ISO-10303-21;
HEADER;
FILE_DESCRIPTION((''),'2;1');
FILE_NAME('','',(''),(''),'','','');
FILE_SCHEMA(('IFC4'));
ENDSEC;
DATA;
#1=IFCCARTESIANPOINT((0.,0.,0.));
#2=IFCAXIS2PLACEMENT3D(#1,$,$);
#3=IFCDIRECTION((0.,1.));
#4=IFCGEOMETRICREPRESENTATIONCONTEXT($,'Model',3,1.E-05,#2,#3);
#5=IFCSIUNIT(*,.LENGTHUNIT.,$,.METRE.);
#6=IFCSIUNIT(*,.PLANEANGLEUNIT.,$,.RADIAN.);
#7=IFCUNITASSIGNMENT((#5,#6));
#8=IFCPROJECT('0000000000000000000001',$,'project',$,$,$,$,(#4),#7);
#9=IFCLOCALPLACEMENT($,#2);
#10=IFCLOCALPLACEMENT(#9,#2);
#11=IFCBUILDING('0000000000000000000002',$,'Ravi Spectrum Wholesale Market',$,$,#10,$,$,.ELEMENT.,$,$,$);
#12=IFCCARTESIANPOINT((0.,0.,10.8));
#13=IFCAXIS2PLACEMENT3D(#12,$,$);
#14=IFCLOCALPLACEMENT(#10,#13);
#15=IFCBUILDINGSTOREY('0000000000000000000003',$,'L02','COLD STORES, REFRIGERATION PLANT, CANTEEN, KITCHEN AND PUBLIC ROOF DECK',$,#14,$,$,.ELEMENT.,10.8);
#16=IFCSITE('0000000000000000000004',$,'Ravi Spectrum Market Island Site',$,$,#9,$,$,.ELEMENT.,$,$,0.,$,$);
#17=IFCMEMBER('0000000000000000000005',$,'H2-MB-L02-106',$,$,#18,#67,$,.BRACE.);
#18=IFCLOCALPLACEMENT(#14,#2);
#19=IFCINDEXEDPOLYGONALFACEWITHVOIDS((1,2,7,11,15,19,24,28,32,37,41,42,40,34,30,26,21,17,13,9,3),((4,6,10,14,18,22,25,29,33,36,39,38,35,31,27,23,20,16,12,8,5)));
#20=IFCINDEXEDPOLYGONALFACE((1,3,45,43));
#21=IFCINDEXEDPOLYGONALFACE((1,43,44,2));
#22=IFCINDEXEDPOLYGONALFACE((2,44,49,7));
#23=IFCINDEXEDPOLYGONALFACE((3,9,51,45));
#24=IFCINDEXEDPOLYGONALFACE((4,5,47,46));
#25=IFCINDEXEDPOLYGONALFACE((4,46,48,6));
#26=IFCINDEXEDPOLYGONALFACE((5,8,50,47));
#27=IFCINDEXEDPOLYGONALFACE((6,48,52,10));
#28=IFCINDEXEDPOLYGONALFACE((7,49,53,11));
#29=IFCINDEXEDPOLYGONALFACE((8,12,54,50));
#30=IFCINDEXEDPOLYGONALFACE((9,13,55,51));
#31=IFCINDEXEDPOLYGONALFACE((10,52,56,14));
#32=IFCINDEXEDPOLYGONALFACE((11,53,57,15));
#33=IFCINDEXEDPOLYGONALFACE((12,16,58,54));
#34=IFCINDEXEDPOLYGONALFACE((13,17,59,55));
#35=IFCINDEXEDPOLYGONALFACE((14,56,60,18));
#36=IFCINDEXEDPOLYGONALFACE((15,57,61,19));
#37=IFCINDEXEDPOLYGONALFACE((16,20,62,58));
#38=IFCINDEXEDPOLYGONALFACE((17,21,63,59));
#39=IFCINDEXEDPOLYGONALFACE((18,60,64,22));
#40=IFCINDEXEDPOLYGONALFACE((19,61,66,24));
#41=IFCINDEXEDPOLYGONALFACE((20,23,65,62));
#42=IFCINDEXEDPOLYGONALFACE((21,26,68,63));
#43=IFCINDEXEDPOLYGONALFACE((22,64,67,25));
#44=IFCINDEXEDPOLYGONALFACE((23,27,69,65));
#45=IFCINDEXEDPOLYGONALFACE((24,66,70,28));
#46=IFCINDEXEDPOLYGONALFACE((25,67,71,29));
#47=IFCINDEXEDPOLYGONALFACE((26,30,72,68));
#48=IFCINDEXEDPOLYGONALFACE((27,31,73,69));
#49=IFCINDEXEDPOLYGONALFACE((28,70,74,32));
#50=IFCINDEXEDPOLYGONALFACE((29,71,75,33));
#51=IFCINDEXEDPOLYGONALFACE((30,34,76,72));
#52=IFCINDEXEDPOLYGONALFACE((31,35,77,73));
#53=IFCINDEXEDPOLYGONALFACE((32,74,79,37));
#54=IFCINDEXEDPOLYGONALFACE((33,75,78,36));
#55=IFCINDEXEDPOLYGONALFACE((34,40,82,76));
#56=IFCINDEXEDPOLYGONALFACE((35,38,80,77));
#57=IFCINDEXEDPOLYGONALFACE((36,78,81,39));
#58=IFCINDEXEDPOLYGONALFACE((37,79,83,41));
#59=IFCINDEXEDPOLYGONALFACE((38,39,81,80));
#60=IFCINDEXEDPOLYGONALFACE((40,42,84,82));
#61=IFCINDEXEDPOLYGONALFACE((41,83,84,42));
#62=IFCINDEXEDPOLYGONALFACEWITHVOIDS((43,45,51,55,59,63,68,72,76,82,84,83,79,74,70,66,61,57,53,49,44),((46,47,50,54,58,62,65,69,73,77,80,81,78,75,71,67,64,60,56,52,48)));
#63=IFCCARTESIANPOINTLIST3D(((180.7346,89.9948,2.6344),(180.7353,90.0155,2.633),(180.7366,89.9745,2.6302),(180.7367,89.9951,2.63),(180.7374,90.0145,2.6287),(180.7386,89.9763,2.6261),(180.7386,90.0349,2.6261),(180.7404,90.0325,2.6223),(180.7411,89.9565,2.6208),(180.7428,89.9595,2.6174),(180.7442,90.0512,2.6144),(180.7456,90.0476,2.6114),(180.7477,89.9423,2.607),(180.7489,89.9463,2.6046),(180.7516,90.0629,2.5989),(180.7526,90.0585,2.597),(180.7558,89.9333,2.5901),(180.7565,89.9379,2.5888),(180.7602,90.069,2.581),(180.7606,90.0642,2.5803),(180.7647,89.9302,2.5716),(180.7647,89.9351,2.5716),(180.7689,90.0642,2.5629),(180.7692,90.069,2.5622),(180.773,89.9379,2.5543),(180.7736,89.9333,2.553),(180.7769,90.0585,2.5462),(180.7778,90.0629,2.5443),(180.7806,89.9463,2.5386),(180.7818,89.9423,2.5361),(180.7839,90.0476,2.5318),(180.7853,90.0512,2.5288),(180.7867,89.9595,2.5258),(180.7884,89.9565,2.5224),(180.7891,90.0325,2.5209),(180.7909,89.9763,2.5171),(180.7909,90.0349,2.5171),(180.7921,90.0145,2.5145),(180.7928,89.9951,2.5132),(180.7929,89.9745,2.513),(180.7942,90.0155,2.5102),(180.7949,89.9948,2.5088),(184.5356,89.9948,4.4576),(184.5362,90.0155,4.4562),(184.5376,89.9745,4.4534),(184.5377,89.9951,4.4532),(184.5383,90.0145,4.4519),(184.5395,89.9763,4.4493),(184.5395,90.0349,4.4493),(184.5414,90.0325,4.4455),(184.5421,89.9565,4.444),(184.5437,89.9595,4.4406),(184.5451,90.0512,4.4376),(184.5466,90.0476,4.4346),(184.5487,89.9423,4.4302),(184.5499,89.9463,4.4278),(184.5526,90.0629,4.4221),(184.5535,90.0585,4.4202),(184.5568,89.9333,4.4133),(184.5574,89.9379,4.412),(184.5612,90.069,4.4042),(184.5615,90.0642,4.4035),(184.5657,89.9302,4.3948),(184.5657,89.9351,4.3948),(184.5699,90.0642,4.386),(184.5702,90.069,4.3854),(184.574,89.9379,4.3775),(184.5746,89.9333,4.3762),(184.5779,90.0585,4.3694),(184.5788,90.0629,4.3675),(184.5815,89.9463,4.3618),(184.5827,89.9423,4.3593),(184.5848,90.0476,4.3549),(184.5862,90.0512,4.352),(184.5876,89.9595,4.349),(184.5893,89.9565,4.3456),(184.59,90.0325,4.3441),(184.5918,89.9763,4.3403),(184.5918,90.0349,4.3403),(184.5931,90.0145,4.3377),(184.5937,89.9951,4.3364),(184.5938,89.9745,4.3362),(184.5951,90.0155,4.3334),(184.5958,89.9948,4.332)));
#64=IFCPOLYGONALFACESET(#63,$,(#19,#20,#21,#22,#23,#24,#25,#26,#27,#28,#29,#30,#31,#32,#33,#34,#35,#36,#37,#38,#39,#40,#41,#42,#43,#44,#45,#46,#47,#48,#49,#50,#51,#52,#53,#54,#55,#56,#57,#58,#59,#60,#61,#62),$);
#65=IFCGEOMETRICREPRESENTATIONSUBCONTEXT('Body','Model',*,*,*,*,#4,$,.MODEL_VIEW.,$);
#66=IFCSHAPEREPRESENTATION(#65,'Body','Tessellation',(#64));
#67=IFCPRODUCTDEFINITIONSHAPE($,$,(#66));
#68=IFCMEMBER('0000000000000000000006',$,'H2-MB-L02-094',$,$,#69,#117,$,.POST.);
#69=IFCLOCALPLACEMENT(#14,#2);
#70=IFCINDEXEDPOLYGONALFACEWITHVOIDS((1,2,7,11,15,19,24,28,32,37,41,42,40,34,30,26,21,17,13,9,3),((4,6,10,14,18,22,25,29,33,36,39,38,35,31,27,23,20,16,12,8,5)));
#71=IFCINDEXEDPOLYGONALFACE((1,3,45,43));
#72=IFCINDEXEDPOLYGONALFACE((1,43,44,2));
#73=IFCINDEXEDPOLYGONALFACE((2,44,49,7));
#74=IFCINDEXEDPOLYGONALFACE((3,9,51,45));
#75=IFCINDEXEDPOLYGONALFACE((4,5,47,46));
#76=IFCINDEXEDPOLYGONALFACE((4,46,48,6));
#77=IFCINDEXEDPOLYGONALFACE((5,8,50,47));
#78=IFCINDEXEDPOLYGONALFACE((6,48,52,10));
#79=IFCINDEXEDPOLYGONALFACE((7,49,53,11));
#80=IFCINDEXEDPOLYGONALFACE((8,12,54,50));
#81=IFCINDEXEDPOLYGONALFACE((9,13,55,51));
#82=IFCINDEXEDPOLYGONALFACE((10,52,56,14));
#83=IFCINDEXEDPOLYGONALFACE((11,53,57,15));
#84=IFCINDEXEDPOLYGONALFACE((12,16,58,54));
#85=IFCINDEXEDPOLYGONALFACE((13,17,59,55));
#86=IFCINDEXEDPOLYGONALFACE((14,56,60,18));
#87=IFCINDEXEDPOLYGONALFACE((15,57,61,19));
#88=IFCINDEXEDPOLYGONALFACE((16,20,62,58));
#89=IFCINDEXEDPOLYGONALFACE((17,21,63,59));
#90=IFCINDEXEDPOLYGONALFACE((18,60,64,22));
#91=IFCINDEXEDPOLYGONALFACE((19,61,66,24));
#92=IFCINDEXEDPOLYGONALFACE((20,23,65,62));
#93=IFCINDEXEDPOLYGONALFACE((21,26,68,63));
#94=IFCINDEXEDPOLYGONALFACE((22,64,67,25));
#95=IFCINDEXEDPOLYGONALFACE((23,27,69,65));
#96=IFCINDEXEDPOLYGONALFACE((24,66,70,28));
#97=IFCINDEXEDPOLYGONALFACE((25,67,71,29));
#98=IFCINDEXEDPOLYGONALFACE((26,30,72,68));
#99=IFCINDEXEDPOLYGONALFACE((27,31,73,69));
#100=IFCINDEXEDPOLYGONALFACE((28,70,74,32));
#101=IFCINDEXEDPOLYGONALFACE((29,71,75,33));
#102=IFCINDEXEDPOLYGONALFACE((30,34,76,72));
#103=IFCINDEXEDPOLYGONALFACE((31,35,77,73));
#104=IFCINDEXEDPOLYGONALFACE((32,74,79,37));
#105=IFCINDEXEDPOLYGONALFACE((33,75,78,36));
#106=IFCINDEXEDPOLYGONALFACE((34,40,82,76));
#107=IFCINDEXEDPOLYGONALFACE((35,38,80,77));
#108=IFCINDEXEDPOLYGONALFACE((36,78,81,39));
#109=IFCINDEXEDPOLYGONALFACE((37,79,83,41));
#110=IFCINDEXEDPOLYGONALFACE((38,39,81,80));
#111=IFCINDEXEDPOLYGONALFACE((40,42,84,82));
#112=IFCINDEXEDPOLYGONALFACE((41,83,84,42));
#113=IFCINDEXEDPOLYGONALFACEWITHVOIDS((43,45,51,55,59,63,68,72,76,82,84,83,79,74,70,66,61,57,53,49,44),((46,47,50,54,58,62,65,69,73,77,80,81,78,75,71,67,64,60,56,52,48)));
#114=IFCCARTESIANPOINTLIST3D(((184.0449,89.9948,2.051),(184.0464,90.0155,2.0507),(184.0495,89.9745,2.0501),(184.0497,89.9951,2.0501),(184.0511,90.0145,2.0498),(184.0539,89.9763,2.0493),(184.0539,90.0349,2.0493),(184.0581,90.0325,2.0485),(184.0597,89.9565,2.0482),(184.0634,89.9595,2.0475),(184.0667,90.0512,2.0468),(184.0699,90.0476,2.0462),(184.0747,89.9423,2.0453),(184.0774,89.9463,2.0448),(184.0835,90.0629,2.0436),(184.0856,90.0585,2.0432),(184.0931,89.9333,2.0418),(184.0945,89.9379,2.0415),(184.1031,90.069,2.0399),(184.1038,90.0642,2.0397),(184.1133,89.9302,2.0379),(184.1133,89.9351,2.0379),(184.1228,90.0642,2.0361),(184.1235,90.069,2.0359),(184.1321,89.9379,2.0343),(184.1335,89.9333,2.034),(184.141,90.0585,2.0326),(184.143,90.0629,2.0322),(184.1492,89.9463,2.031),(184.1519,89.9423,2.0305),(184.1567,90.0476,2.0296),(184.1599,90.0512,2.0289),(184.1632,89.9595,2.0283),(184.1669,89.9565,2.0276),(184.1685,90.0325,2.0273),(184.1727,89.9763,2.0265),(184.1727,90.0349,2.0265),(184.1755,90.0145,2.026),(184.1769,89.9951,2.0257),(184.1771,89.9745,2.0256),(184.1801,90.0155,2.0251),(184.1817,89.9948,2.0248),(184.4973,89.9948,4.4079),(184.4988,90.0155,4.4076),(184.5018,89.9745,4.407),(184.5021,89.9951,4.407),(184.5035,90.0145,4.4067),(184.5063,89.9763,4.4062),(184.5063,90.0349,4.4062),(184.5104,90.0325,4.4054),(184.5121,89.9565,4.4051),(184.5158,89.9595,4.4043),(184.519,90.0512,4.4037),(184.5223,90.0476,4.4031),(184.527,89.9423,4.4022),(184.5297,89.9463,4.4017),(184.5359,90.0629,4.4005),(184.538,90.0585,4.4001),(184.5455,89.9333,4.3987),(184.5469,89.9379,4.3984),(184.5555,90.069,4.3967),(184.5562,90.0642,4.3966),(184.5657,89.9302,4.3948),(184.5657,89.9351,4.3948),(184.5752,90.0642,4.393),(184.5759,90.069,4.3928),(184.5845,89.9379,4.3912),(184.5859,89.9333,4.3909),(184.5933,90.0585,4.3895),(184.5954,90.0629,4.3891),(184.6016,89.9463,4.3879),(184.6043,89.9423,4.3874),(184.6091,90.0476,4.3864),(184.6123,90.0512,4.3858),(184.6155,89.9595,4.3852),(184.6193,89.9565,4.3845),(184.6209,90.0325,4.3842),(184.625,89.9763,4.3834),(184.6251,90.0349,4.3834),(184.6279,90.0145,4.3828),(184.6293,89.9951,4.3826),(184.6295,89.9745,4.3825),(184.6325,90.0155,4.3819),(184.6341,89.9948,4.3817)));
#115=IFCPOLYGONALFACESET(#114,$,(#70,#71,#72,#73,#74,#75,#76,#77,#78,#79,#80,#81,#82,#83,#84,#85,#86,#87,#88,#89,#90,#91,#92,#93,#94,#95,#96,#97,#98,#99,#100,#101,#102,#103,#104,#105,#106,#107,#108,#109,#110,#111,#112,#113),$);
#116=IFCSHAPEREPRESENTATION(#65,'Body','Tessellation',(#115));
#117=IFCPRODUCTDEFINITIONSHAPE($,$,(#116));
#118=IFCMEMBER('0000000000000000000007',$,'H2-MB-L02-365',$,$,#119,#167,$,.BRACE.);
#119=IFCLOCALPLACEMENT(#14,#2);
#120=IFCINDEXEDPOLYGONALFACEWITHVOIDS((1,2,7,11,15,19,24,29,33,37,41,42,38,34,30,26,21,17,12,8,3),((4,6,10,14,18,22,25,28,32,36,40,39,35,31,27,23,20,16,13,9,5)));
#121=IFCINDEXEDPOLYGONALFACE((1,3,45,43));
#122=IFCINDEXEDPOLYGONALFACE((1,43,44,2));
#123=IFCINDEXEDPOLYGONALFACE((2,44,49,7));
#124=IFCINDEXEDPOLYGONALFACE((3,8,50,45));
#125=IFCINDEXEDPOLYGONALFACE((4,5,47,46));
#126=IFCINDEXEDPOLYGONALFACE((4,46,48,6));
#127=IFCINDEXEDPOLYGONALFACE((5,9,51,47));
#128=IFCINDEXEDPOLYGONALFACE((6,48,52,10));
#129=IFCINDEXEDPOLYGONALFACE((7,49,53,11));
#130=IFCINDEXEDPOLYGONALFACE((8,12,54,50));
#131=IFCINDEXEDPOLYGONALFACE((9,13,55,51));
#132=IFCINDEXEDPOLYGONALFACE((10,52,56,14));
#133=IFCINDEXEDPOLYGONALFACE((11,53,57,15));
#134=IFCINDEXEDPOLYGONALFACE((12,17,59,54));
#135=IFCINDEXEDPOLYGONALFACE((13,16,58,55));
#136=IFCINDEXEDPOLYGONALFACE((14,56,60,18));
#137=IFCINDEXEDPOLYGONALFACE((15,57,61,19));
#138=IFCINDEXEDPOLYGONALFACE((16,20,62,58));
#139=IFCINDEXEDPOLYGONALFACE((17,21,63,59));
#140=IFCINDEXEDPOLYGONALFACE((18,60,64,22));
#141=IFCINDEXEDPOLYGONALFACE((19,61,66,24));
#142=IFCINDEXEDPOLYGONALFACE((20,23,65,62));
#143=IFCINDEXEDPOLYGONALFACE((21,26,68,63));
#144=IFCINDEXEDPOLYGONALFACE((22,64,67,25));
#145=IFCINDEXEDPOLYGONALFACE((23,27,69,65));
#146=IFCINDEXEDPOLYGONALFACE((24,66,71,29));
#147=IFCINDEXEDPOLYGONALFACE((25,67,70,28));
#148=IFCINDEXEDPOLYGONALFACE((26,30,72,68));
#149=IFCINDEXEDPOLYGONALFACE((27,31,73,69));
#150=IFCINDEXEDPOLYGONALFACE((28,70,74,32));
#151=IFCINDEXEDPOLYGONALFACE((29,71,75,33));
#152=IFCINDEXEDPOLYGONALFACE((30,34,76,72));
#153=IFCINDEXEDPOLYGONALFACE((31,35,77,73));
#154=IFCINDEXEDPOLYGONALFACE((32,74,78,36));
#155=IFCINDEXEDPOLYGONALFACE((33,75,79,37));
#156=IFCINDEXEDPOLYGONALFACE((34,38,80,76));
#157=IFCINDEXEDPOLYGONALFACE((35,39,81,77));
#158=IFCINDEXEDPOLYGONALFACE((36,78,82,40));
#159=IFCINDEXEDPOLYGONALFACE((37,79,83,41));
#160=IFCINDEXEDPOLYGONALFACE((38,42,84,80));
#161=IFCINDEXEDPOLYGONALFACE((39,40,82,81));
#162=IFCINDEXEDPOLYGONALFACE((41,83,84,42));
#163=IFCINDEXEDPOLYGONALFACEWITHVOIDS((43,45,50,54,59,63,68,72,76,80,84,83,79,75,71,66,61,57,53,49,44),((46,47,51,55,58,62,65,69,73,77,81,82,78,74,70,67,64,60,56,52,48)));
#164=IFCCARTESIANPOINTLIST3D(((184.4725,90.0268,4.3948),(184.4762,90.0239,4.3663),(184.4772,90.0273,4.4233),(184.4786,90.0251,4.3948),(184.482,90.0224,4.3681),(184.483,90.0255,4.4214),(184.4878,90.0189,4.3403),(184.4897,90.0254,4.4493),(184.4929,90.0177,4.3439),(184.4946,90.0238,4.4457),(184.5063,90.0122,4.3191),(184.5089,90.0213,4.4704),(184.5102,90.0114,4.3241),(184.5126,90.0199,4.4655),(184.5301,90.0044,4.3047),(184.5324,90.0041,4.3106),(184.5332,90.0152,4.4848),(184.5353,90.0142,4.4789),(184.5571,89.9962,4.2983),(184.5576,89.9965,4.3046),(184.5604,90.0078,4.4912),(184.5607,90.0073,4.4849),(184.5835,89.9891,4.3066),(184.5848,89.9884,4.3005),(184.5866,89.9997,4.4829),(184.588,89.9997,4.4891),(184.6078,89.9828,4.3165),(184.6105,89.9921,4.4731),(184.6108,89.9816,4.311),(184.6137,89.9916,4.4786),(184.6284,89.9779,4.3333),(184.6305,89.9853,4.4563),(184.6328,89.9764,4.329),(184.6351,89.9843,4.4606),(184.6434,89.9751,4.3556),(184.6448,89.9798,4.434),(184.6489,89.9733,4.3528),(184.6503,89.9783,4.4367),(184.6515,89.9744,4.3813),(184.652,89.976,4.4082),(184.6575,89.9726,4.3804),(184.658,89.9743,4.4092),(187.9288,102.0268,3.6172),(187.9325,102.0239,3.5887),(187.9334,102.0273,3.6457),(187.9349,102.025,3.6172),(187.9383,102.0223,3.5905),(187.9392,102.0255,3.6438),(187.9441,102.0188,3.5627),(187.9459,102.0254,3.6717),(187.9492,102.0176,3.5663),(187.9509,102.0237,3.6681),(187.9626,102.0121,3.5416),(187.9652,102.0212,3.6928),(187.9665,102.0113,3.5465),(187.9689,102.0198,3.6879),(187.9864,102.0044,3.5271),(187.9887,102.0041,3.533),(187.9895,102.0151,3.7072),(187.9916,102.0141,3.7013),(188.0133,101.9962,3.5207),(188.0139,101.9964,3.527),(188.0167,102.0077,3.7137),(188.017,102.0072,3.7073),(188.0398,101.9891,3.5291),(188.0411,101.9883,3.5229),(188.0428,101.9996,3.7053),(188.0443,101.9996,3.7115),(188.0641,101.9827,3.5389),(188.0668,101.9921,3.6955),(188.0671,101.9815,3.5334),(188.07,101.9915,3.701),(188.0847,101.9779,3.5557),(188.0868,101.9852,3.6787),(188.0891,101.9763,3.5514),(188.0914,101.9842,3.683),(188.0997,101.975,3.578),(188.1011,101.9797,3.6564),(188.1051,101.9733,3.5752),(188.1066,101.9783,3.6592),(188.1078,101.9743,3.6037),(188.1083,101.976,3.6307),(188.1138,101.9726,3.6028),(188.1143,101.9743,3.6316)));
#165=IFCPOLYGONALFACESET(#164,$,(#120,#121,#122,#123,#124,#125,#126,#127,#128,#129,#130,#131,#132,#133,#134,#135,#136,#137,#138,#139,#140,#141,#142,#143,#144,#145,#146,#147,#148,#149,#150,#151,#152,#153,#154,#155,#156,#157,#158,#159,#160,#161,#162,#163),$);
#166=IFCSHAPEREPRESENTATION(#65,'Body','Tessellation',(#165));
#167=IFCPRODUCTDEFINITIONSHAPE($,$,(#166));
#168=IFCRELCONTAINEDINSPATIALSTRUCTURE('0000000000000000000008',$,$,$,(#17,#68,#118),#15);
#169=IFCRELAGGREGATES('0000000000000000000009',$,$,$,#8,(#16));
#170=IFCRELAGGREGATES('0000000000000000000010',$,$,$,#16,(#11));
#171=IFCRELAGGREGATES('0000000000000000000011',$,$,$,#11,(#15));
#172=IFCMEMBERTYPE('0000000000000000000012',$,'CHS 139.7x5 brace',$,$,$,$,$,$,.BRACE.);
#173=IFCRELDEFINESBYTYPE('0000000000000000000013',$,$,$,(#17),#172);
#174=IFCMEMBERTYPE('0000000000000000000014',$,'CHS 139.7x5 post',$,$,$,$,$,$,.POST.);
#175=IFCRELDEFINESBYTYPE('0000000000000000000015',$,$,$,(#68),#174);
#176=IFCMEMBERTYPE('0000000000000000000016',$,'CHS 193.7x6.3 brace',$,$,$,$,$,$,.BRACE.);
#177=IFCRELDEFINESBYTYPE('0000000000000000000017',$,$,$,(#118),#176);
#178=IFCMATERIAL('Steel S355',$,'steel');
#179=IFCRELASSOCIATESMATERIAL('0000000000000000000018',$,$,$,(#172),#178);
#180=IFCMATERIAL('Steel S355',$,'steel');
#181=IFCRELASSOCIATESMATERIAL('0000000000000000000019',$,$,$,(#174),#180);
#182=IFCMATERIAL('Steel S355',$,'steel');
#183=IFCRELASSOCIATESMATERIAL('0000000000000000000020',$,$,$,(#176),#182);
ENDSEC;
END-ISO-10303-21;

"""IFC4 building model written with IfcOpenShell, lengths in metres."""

from ifc_helpers import new_model, si_unit, direction, frame, origin, origin_2d, place, context, subcontext, project, spatial, hollow_circle, extrude, material, material_profile, profile_set, type_object, element, save


model = new_model("IFC4")

# Units and contexts
model_context = context("Model", 3, precision=1e-05, world=origin(), true_north=direction((0.0, 1.0)))
body_context = subcontext(model_context, "Body", "Model", "MODEL_VIEW")
ifc_project = project(units=[si_unit("LENGTHUNIT", "METRE"), si_unit("PLANEANGLEUNIT", "RADIAN")], contexts=[model_context])

# Site, building, storey
site_placement = place(None, origin())
site = spatial("IfcSite", under=ifc_project, at=site_placement, Name="Ravi Spectrum Market Island Site", CompositionType="ELEMENT", RefElevation=0.0)
building_placement = place(site_placement, origin())
building = spatial("IfcBuilding", under=site, at=building_placement, Name="Ravi Spectrum Wholesale Market", CompositionType="ELEMENT")
storey_placement = place(building_placement, frame((0.0, 0.0, 10.8)))
storey = spatial("IfcBuildingStorey", under=building, at=storey_placement, Name="L02", Description="COLD STORES, REFRIGERATION PLANT, CANTEEN, KITCHEN AND PUBLIC ROOF DECK", CompositionType="ELEMENT", Elevation=10.8)

# Members
ifc_material_1 = material(Name="Steel S355", Category="steel")
ifc_material_profile_1 = material_profile(ifc_material_1, hollow_circle(Radius=0.0698, WallThickness=0.0049, at=origin_2d()))
ifc_profile_set_1 = profile_set([ifc_material_profile_1], Name="Steel S355")
member_type_1 = type_object("IfcMemberType", Name="CHS 139.7x5 brace", PredefinedType="BRACE", material=ifc_profile_set_1)
member_1_placement = place(storey_placement, frame((184.5657, 90.0, 4.3948), z_axis=(-0.901639, 0.0, -0.43249), x_axis=(0.0, -1.0, 0.0)))
element("IfcMember", 1, at=member_1_placement, inside=storey, type_object=member_type_1, Name="H2-MB-L02-106", PredefinedType="BRACE", context=body_context, shape_type="SweptSolid", body=[
    extrude(hollow_circle(Radius=0.0698, WallThickness=0.0049, at=origin_2d()), origin(), (0.0, 0.0, 1.0), 4.2156),
])
ifc_material_2 = material(Name="Steel S355", Category="steel")
ifc_material_profile_2 = material_profile(ifc_material_2, hollow_circle(Radius=0.0698, WallThickness=0.0049, at=origin_2d()))
ifc_profile_set_2 = profile_set([ifc_material_profile_2], Name="Steel S355")
member_type_2 = type_object("IfcMemberType", Name="CHS 139.7x5 post", PredefinedType="POST", material=ifc_profile_set_2)
member_2_placement = place(storey_placement, frame((184.5657, 90.0, 4.3948), z_axis=(-0.1885, 0.0, -0.982073), x_axis=(0.0, -1.0, 0.0)))
element("IfcMember", 2, at=member_2_placement, inside=storey, type_object=member_type_2, Name="H2-MB-L02-094", PredefinedType="POST", context=body_context, shape_type="SweptSolid", body=[
    extrude(hollow_circle(Radius=0.0698, WallThickness=0.0049, at=origin_2d()), origin(), (0.0, 0.0, 1.0), 2.3999),
])
ifc_material_3 = material(Name="Steel S355", Category="steel")
ifc_material_profile_3 = material_profile(ifc_material_3, hollow_circle(Radius=0.0969, WallThickness=0.0063, at=origin_2d()))
ifc_profile_set_3 = profile_set([ifc_material_profile_3], Name="Steel S355")
member_type_3 = type_object("IfcMemberType", Name="CHS 193.7x6.3 brace", PredefinedType="BRACE", material=ifc_profile_set_3)
member_3_placement = place(storey_placement, frame((184.5657, 90.0, 4.3948), z_axis=(0.276238, 0.959078, -0.062147), x_axis=(-0.960935, 0.276773, 0.0)))
element("IfcMember", 3, at=member_3_placement, inside=storey, type_object=member_type_3, Name="H2-MB-L02-365", PredefinedType="BRACE", context=body_context, shape_type="SweptSolid", body=[
    extrude(hollow_circle(Radius=0.0969, WallThickness=0.0063, at=origin_2d()), origin(), (0.0, 0.0, 1.0), 12.512),
])

save(model, "model.ifc")
